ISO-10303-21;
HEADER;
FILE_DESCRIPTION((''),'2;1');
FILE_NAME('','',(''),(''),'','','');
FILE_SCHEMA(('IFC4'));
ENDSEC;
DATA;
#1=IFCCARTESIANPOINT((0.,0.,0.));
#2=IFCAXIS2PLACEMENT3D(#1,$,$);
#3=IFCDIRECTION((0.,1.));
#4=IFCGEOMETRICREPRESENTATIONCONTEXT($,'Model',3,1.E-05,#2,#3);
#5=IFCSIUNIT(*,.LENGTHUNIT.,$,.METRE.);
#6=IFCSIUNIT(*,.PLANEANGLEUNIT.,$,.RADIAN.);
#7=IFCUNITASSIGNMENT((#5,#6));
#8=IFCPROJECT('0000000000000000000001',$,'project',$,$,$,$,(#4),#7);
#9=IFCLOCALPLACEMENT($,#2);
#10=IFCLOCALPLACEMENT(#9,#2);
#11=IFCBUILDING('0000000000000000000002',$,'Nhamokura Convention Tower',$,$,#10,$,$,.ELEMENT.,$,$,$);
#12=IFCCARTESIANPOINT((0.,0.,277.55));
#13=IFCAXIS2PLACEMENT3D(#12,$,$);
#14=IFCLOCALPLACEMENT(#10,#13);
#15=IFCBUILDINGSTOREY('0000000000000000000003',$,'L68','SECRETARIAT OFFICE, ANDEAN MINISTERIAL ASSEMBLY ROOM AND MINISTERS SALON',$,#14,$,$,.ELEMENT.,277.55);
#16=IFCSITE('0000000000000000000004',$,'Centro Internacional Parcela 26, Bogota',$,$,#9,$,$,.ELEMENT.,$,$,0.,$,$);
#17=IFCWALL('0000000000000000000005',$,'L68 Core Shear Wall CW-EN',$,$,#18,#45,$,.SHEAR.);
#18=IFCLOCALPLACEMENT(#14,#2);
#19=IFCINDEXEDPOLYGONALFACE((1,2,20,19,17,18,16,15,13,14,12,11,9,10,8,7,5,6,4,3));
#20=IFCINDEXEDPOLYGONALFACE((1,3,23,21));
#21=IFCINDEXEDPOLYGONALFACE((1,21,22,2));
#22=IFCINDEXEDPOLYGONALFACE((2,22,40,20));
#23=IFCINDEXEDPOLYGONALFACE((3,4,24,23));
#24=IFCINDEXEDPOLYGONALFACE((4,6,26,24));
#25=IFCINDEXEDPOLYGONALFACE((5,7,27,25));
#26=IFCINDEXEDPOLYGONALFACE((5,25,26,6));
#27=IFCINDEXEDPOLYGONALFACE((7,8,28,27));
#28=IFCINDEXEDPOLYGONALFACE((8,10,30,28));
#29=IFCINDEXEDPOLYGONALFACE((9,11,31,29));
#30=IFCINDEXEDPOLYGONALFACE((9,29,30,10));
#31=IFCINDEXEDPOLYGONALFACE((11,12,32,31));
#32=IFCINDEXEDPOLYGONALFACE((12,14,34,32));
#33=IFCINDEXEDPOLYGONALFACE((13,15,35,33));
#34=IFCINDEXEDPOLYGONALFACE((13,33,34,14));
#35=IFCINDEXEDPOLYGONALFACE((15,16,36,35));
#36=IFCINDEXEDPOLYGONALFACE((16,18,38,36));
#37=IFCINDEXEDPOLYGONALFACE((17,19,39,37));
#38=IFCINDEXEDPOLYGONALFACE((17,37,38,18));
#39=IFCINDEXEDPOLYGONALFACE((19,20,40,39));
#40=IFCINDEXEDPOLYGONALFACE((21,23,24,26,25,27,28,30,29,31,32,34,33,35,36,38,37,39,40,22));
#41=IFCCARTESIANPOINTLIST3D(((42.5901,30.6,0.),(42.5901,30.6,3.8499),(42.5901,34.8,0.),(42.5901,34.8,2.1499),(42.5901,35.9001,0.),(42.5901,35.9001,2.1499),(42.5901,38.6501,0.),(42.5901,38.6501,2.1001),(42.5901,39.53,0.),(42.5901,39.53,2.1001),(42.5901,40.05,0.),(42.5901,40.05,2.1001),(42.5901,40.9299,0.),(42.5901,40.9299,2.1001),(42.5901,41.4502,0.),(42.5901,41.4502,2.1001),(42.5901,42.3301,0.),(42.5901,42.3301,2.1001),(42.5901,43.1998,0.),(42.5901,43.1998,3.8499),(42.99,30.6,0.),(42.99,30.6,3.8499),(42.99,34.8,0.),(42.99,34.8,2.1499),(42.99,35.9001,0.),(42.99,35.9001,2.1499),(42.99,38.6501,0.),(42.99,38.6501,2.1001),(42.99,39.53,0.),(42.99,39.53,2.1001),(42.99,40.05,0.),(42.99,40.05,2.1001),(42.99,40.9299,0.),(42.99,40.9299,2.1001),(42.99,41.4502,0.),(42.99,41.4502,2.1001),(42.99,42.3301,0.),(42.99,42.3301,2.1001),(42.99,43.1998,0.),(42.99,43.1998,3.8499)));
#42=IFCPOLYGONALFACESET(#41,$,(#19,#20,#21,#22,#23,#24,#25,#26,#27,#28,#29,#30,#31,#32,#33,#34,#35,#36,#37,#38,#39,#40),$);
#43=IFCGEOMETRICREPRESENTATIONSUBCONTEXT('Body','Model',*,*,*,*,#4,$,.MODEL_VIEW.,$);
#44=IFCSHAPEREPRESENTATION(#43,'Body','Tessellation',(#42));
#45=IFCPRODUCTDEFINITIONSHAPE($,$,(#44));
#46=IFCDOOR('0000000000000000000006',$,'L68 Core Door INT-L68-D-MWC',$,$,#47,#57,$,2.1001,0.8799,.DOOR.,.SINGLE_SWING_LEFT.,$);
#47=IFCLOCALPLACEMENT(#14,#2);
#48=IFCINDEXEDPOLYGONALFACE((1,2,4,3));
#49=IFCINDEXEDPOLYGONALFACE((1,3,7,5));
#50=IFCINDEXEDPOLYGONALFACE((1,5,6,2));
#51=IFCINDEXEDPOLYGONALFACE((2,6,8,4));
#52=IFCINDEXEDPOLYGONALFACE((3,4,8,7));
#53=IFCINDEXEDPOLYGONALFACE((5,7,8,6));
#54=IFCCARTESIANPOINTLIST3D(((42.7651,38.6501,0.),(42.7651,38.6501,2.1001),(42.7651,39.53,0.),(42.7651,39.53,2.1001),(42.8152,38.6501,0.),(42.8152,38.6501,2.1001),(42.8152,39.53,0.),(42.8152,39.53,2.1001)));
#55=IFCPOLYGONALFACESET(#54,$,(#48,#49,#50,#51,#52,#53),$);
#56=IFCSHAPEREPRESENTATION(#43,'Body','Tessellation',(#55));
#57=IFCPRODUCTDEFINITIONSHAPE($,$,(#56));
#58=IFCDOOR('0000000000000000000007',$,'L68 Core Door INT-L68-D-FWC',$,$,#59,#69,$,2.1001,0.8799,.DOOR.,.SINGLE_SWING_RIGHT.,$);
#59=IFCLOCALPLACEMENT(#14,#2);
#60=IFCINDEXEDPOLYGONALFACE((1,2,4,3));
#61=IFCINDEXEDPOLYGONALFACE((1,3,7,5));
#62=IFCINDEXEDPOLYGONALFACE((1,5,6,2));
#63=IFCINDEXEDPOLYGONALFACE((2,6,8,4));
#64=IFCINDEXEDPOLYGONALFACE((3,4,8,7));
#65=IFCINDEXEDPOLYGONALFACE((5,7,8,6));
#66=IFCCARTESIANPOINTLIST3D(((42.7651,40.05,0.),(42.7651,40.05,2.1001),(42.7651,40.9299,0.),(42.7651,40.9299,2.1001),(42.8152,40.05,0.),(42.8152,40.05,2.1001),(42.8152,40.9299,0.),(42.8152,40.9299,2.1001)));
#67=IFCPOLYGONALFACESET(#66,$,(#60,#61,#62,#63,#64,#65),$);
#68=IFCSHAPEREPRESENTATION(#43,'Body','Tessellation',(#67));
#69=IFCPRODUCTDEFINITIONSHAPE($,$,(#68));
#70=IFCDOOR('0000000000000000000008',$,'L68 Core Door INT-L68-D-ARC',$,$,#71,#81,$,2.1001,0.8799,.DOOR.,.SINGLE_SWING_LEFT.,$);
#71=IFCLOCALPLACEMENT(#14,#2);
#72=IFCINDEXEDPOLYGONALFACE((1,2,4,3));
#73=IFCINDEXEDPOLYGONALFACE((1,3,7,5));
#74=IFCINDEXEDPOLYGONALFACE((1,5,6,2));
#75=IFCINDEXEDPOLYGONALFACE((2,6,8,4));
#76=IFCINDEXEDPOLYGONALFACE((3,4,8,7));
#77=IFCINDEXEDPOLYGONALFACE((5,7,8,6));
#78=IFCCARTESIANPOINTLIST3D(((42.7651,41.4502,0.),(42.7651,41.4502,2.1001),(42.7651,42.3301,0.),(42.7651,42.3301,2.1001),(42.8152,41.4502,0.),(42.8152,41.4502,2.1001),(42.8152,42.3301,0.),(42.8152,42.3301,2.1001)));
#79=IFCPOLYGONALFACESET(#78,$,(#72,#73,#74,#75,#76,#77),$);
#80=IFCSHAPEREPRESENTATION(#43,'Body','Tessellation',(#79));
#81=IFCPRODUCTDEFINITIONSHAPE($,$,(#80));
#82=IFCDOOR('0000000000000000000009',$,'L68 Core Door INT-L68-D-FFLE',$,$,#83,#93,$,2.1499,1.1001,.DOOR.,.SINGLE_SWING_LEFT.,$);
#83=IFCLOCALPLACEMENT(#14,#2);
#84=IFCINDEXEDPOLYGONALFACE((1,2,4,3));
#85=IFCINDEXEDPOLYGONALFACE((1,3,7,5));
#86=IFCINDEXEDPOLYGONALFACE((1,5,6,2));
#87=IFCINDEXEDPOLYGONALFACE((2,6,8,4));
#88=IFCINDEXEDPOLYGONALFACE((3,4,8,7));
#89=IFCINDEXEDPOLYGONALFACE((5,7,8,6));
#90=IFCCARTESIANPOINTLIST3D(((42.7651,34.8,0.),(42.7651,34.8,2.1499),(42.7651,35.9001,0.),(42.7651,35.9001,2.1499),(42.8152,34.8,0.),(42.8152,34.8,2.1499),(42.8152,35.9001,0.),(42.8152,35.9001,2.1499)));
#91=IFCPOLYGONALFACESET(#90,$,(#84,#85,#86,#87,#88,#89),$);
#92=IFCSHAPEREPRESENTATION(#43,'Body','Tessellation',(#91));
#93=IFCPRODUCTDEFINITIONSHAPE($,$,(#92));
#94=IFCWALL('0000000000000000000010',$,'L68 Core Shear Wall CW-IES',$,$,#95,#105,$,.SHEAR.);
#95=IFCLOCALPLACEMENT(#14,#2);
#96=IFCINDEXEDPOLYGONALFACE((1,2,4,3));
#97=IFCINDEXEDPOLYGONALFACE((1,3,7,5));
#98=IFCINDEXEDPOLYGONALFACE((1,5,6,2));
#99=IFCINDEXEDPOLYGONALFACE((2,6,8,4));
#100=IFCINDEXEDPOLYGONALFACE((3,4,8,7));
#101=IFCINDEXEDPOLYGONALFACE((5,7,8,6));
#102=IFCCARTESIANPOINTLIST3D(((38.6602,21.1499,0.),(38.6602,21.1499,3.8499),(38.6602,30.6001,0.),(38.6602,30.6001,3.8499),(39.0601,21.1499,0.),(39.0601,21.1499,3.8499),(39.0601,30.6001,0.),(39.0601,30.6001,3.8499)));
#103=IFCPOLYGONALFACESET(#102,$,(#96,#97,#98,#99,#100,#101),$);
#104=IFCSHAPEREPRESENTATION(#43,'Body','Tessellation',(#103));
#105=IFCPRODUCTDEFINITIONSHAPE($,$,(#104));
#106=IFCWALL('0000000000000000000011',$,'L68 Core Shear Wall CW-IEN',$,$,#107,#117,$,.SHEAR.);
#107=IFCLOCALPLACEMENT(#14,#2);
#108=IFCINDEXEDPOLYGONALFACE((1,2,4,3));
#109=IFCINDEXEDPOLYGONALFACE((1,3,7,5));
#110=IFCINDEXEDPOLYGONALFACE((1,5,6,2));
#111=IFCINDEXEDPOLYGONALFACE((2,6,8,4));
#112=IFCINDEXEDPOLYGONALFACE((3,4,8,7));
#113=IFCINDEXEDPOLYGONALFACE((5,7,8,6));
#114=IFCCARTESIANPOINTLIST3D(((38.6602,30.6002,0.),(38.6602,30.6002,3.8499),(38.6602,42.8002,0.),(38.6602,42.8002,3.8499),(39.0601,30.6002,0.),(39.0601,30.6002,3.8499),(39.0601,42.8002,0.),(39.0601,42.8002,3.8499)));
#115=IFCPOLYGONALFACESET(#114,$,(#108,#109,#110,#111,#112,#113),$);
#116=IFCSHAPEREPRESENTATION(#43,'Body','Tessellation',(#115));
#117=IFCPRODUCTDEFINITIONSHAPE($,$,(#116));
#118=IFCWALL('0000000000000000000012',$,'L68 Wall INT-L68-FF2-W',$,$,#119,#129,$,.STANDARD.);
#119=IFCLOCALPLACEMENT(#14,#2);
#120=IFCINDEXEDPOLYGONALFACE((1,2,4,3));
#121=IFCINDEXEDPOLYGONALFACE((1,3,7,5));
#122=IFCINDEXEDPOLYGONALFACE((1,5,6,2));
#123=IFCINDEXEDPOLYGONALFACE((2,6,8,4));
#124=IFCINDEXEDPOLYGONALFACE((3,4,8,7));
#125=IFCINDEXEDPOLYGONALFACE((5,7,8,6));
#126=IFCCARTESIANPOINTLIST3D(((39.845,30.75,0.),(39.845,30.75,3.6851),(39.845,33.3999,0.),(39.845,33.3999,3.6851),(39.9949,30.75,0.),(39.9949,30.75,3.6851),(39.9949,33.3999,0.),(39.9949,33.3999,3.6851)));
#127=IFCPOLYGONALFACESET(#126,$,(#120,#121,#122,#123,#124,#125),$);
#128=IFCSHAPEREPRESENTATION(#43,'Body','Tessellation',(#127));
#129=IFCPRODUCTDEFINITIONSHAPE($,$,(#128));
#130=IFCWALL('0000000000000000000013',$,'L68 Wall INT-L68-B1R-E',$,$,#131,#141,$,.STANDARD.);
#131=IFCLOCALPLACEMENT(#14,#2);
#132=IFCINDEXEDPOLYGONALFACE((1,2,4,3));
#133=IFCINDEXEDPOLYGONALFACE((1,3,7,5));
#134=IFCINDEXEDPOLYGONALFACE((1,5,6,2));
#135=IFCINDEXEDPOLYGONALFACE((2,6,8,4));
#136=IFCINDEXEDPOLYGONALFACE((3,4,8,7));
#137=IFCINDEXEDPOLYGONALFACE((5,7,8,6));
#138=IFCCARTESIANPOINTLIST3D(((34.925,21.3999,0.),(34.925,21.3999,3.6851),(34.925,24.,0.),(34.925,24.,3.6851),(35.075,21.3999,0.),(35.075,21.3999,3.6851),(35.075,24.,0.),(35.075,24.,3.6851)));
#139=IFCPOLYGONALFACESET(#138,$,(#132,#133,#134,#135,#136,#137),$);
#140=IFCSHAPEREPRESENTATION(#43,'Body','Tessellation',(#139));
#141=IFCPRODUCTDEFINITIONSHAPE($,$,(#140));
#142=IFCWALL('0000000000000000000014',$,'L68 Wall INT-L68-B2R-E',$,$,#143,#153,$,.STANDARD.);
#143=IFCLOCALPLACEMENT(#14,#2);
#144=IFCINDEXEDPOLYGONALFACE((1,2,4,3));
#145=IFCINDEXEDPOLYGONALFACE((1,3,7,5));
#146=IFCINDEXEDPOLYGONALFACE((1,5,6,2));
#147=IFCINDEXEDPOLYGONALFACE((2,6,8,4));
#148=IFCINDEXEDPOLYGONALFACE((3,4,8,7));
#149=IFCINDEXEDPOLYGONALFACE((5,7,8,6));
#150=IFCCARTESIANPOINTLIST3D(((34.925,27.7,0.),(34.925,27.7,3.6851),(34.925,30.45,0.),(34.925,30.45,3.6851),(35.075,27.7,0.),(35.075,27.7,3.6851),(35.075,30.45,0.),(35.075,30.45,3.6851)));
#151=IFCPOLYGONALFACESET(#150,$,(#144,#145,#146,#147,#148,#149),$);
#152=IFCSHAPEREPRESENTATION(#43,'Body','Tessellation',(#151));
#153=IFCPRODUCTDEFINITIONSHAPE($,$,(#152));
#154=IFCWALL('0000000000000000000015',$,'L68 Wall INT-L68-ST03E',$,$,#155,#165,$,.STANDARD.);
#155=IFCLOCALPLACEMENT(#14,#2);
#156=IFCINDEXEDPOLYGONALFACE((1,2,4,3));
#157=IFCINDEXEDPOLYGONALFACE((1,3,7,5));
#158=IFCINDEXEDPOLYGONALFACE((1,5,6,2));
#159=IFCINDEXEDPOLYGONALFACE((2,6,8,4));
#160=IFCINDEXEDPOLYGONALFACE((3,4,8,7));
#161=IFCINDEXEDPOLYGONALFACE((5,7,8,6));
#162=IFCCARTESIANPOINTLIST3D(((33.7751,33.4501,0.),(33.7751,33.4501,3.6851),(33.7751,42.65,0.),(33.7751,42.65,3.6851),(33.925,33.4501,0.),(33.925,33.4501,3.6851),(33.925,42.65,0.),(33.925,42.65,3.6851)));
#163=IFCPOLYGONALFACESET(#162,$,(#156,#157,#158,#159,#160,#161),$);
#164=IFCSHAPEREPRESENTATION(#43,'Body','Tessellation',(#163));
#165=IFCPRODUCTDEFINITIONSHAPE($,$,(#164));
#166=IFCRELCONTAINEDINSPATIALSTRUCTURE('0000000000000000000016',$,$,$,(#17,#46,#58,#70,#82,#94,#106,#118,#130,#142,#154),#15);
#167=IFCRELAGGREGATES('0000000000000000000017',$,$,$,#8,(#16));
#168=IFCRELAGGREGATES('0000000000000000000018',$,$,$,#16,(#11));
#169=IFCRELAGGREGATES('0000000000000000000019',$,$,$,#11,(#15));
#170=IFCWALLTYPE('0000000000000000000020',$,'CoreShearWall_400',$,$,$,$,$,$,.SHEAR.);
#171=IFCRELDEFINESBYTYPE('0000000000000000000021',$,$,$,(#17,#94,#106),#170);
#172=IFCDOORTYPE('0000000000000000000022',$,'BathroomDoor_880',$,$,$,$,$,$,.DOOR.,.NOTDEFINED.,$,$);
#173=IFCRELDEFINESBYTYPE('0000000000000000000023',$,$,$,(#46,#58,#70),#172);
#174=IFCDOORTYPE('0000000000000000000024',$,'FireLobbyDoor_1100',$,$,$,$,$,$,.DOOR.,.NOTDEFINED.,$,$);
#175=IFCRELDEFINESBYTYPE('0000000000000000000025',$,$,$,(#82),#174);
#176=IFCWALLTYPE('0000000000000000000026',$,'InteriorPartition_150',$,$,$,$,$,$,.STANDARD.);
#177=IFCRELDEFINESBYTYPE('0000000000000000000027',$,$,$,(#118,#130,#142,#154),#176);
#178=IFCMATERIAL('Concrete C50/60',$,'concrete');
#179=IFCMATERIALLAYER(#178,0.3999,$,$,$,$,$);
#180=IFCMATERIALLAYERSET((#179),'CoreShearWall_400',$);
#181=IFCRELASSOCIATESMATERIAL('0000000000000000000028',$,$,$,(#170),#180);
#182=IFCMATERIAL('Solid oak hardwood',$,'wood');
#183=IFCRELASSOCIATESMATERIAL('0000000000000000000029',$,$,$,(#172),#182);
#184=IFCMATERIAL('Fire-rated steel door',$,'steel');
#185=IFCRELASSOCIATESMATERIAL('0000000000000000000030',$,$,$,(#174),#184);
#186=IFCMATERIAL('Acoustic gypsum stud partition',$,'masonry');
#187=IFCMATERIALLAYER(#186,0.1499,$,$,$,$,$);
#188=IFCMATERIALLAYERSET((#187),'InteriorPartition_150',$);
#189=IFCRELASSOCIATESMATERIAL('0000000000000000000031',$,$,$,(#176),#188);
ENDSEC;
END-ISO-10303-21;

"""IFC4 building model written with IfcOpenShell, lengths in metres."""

from ifc_helpers import new_model, si_unit, direction, frame, frame_2d, origin, place, context, subcontext, project, spatial, rectangle, extrude, material, layer, layer_set, type_object, element, fill, save


model = new_model("IFC4")

# Units and contexts
model_context = context("Model", 3, precision=1e-05, world=origin(), true_north=direction((0.0, 1.0)))
body_context = subcontext(model_context, "Body", "Model", "MODEL_VIEW")
ifc_project = project(units=[si_unit("LENGTHUNIT", "METRE"), si_unit("PLANEANGLEUNIT", "RADIAN")], contexts=[model_context])

# Site, building, storey
site_placement = place(None, origin())
site = spatial("IfcSite", under=ifc_project, at=site_placement, Name="Centro Internacional Parcela 26, Bogota", CompositionType="ELEMENT", RefElevation=0.0)
building_placement = place(site_placement, origin())
building = spatial("IfcBuilding", under=site, at=building_placement, Name="Nhamokura Convention Tower", CompositionType="ELEMENT")
storey_placement = place(building_placement, frame((0.0, 0.0, 277.55)))
storey = spatial("IfcBuildingStorey", under=building, at=storey_placement, Name="L68", Description="SECRETARIAT OFFICE, ANDEAN MINISTERIAL ASSEMBLY ROOM AND MINISTERS SALON", CompositionType="ELEMENT", Elevation=277.55)

# Wall, openings, doors
ifc_material_1 = material(Name="Concrete C50/60", Category="concrete")
ifc_layer_1 = layer(ifc_material_1, 0.3999)
ifc_layer_set_1 = layer_set([ifc_layer_1], Name="CoreShearWall_400")
wall_type_1 = type_object("IfcWallType", Name="CoreShearWall_400", PredefinedType="SHEAR", material=ifc_layer_set_1)
wall_1_placement = place(storey_placement, frame((42.79, 30.6001, 0.0), z_axis=(0.0, 0.0, 1.0), x_axis=(0.0, 1.0, 0.0)))
wall_1 = element("IfcWall", 1, at=wall_1_placement, inside=storey, type_object=wall_type_1, Name="L68 Core Shear Wall CW-EN", PredefinedType="SHEAR", context=body_context, shape_type="SweptSolid", body=[
    extrude(rectangle(XDim=12.5999, YDim=0.3999, at=frame_2d((6.2998, 0.0))), origin(), (0.0, 0.0, 1.0), 3.8499),
])
opening_1_placement = place(wall_1_placement, frame((4.2, 0.0, 0.0)))
opening_1 = element("IfcOpeningElement", 2, at=opening_1_placement, cuts=wall_1, PredefinedType="OPENING", context=body_context, shape_type="SweptSolid", body=[
    extrude(rectangle(XDim=1.1001, YDim=2.1499, at=frame_2d((0.55, 1.075))), frame((0.0, 0.21, 0.0), z_axis=(0.0, -1.0, 0.0), x_axis=(1.0, 0.0, 0.0)), (0.0, 0.0, 1.0), 0.4199),
])
opening_2_placement = place(wall_1_placement, frame((8.05, 0.0, 0.0)))
opening_2 = element("IfcOpeningElement", 3, at=opening_2_placement, cuts=wall_1, PredefinedType="OPENING", context=body_context, shape_type="SweptSolid", body=[
    extrude(rectangle(XDim=0.8799, YDim=2.1001, at=frame_2d((0.4399, 1.05))), frame((0.0, 0.21, 0.0), z_axis=(0.0, -1.0, 0.0), x_axis=(1.0, 0.0, 0.0)), (0.0, 0.0, 1.0), 0.4199),
])
opening_3_placement = place(wall_1_placement, frame((9.45, 0.0, 0.0)))
opening_3 = element("IfcOpeningElement", 4, at=opening_3_placement, cuts=wall_1, PredefinedType="OPENING", context=body_context, shape_type="SweptSolid", body=[
    extrude(rectangle(XDim=0.8799, YDim=2.1001, at=frame_2d((0.4399, 1.05))), frame((0.0, 0.21, 0.0), z_axis=(0.0, -1.0, 0.0), x_axis=(1.0, 0.0, 0.0)), (0.0, 0.0, 1.0), 0.4199),
])
opening_4_placement = place(wall_1_placement, frame((10.8501, 0.0, 0.0)))
opening_4 = element("IfcOpeningElement", 5, at=opening_4_placement, cuts=wall_1, PredefinedType="OPENING", context=body_context, shape_type="SweptSolid", body=[
    extrude(rectangle(XDim=0.8799, YDim=2.1001, at=frame_2d((0.4399, 1.05))), frame((0.0, 0.21, 0.0), z_axis=(0.0, -1.0, 0.0), x_axis=(1.0, 0.0, 0.0)), (0.0, 0.0, 1.0), 0.4199),
])
ifc_material_2 = material(Name="Solid oak hardwood", Category="wood")
door_type_1 = type_object("IfcDoorType", Name="BathroomDoor_880", OperationType="NOTDEFINED", PredefinedType="DOOR", material=ifc_material_2)
door_1_placement = place(opening_2_placement, origin())
door_1 = element("IfcDoor", 6, at=door_1_placement, inside=storey, type_object=door_type_1, Name="L68 Core Door INT-L68-D-MWC", OperationType="SINGLE_SWING_LEFT", OverallHeight=2.1001, OverallWidth=0.8799, PredefinedType="DOOR", context=body_context, shape_type="SweptSolid", body=[
    extrude(rectangle(XDim=0.8799, YDim=2.1001, at=frame_2d((0.4399, 1.05))), frame((0.0, 0.0249, 0.0), z_axis=(0.0, -1.0, 0.0), x_axis=(1.0, 0.0, 0.0)), (0.0, 0.0, 1.0), 0.05),
])
fill(opening_2, door_1)
door_2_placement = place(opening_3_placement, origin())
door_2 = element("IfcDoor", 7, at=door_2_placement, inside=storey, type_object=door_type_1, Name="L68 Core Door INT-L68-D-FWC", OperationType="SINGLE_SWING_RIGHT", OverallHeight=2.1001, OverallWidth=0.8799, PredefinedType="DOOR", context=body_context, shape_type="SweptSolid", body=[
    extrude(rectangle(XDim=0.8799, YDim=2.1001, at=frame_2d((0.4399, 1.05))), frame((0.0, 0.0249, 0.0), z_axis=(0.0, -1.0, 0.0), x_axis=(1.0, 0.0, 0.0)), (0.0, 0.0, 1.0), 0.05),
])
fill(opening_3, door_2)
door_3_placement = place(opening_4_placement, origin())
door_3 = element("IfcDoor", 8, at=door_3_placement, inside=storey, type_object=door_type_1, Name="L68 Core Door INT-L68-D-ARC", OperationType="SINGLE_SWING_LEFT", OverallHeight=2.1001, OverallWidth=0.8799, PredefinedType="DOOR", context=body_context, shape_type="SweptSolid", body=[
    extrude(rectangle(XDim=0.8799, YDim=2.1001, at=frame_2d((0.4399, 1.05))), frame((0.0, 0.0249, 0.0), z_axis=(0.0, -1.0, 0.0), x_axis=(1.0, 0.0, 0.0)), (0.0, 0.0, 1.0), 0.05),
])
fill(opening_4, door_3)
ifc_material_3 = material(Name="Fire-rated steel door", Category="steel")
door_type_2 = type_object("IfcDoorType", Name="FireLobbyDoor_1100", OperationType="NOTDEFINED", PredefinedType="DOOR", material=ifc_material_3)
door_4_placement = place(opening_1_placement, origin())
door_4 = element("IfcDoor", 9, at=door_4_placement, inside=storey, type_object=door_type_2, Name="L68 Core Door INT-L68-D-FFLE", OperationType="SINGLE_SWING_LEFT", OverallHeight=2.1499, OverallWidth=1.1001, PredefinedType="DOOR", context=body_context, shape_type="SweptSolid", body=[
    extrude(rectangle(XDim=1.1001, YDim=2.1499, at=frame_2d((0.55, 1.075))), frame((0.0, 0.0249, 0.0), z_axis=(0.0, -1.0, 0.0), x_axis=(1.0, 0.0, 0.0)), (0.0, 0.0, 1.0), 0.05),
])
fill(opening_1, door_4)

# Walls
wall_2_placement = place(storey_placement, frame((38.8601, 21.1499, 0.0), z_axis=(0.0, 0.0, 1.0), x_axis=(0.0, 1.0, 0.0)))
element("IfcWall", 10, at=wall_2_placement, inside=storey, type_object=wall_type_1, Name="L68 Core Shear Wall CW-IES", PredefinedType="SHEAR", context=body_context, shape_type="SweptSolid", body=[
    extrude(rectangle(XDim=9.4502, YDim=0.3999, at=frame_2d((4.7251, 0.0))), origin(), (0.0, 0.0, 1.0), 3.8499),
])
wall_3_placement = place(storey_placement, frame((38.8601, 30.6001, 0.0), z_axis=(0.0, 0.0, 1.0), x_axis=(0.0, 1.0, 0.0)))
element("IfcWall", 11, at=wall_3_placement, inside=storey, type_object=wall_type_1, Name="L68 Core Shear Wall CW-IEN", PredefinedType="SHEAR", context=body_context, shape_type="SweptSolid", body=[
    extrude(rectangle(XDim=12.2, YDim=0.3999, at=frame_2d((6.1001, 0.0))), origin(), (0.0, 0.0, 1.0), 3.8499),
])
ifc_material_4 = material(Name="Acoustic gypsum stud partition", Category="masonry")
ifc_layer_2 = layer(ifc_material_4, 0.1499)
ifc_layer_set_2 = layer_set([ifc_layer_2], Name="InteriorPartition_150")
wall_type_2 = type_object("IfcWallType", Name="InteriorPartition_150", PredefinedType="STANDARD", material=ifc_layer_set_2)
wall_4_placement = place(storey_placement, frame((39.9199, 30.75, 0.0), z_axis=(0.0, 0.0, 1.0), x_axis=(0.0, 1.0, 0.0)))
element("IfcWall", 12, at=wall_4_placement, inside=storey, type_object=wall_type_2, Name="L68 Wall INT-L68-FF2-W", PredefinedType="STANDARD", context=body_context, shape_type="SweptSolid", body=[
    extrude(rectangle(XDim=2.6499, YDim=0.1499, at=frame_2d((1.325, 0.0))), origin(), (0.0, 0.0, 1.0), 3.6851),
])
wall_5_placement = place(storey_placement, frame((35.0, 21.3999, 0.0), z_axis=(0.0, 0.0, 1.0), x_axis=(0.0, 1.0, 0.0)))
element("IfcWall", 13, at=wall_5_placement, inside=storey, type_object=wall_type_2, Name="L68 Wall INT-L68-B1R-E", PredefinedType="STANDARD", context=body_context, shape_type="SweptSolid", body=[
    extrude(rectangle(XDim=2.6001, YDim=0.1499, at=frame_2d((1.3, 0.0))), origin(), (0.0, 0.0, 1.0), 3.6851),
])
wall_6_placement = place(storey_placement, frame((35.0, 27.7, 0.0), z_axis=(0.0, 0.0, 1.0), x_axis=(0.0, 1.0, 0.0)))
element("IfcWall", 14, at=wall_6_placement, inside=storey, type_object=wall_type_2, Name="L68 Wall INT-L68-B2R-E", PredefinedType="STANDARD", context=body_context, shape_type="SweptSolid", body=[
    extrude(rectangle(XDim=2.75, YDim=0.1499, at=frame_2d((1.375, 0.0))), origin(), (0.0, 0.0, 1.0), 3.6851),
])
wall_7_placement = place(storey_placement, frame((33.8501, 33.45, 0.0), z_axis=(0.0, 0.0, 1.0), x_axis=(0.0, 1.0, 0.0)))
element("IfcWall", 15, at=wall_7_placement, inside=storey, type_object=wall_type_2, Name="L68 Wall INT-L68-ST03E", PredefinedType="STANDARD", context=body_context, shape_type="SweptSolid", body=[
    extrude(rectangle(XDim=9.2, YDim=0.1499, at=frame_2d((4.6001, 0.0))), origin(), (0.0, 0.0, 1.0), 3.6851),
])

save(model, "model.ifc")
